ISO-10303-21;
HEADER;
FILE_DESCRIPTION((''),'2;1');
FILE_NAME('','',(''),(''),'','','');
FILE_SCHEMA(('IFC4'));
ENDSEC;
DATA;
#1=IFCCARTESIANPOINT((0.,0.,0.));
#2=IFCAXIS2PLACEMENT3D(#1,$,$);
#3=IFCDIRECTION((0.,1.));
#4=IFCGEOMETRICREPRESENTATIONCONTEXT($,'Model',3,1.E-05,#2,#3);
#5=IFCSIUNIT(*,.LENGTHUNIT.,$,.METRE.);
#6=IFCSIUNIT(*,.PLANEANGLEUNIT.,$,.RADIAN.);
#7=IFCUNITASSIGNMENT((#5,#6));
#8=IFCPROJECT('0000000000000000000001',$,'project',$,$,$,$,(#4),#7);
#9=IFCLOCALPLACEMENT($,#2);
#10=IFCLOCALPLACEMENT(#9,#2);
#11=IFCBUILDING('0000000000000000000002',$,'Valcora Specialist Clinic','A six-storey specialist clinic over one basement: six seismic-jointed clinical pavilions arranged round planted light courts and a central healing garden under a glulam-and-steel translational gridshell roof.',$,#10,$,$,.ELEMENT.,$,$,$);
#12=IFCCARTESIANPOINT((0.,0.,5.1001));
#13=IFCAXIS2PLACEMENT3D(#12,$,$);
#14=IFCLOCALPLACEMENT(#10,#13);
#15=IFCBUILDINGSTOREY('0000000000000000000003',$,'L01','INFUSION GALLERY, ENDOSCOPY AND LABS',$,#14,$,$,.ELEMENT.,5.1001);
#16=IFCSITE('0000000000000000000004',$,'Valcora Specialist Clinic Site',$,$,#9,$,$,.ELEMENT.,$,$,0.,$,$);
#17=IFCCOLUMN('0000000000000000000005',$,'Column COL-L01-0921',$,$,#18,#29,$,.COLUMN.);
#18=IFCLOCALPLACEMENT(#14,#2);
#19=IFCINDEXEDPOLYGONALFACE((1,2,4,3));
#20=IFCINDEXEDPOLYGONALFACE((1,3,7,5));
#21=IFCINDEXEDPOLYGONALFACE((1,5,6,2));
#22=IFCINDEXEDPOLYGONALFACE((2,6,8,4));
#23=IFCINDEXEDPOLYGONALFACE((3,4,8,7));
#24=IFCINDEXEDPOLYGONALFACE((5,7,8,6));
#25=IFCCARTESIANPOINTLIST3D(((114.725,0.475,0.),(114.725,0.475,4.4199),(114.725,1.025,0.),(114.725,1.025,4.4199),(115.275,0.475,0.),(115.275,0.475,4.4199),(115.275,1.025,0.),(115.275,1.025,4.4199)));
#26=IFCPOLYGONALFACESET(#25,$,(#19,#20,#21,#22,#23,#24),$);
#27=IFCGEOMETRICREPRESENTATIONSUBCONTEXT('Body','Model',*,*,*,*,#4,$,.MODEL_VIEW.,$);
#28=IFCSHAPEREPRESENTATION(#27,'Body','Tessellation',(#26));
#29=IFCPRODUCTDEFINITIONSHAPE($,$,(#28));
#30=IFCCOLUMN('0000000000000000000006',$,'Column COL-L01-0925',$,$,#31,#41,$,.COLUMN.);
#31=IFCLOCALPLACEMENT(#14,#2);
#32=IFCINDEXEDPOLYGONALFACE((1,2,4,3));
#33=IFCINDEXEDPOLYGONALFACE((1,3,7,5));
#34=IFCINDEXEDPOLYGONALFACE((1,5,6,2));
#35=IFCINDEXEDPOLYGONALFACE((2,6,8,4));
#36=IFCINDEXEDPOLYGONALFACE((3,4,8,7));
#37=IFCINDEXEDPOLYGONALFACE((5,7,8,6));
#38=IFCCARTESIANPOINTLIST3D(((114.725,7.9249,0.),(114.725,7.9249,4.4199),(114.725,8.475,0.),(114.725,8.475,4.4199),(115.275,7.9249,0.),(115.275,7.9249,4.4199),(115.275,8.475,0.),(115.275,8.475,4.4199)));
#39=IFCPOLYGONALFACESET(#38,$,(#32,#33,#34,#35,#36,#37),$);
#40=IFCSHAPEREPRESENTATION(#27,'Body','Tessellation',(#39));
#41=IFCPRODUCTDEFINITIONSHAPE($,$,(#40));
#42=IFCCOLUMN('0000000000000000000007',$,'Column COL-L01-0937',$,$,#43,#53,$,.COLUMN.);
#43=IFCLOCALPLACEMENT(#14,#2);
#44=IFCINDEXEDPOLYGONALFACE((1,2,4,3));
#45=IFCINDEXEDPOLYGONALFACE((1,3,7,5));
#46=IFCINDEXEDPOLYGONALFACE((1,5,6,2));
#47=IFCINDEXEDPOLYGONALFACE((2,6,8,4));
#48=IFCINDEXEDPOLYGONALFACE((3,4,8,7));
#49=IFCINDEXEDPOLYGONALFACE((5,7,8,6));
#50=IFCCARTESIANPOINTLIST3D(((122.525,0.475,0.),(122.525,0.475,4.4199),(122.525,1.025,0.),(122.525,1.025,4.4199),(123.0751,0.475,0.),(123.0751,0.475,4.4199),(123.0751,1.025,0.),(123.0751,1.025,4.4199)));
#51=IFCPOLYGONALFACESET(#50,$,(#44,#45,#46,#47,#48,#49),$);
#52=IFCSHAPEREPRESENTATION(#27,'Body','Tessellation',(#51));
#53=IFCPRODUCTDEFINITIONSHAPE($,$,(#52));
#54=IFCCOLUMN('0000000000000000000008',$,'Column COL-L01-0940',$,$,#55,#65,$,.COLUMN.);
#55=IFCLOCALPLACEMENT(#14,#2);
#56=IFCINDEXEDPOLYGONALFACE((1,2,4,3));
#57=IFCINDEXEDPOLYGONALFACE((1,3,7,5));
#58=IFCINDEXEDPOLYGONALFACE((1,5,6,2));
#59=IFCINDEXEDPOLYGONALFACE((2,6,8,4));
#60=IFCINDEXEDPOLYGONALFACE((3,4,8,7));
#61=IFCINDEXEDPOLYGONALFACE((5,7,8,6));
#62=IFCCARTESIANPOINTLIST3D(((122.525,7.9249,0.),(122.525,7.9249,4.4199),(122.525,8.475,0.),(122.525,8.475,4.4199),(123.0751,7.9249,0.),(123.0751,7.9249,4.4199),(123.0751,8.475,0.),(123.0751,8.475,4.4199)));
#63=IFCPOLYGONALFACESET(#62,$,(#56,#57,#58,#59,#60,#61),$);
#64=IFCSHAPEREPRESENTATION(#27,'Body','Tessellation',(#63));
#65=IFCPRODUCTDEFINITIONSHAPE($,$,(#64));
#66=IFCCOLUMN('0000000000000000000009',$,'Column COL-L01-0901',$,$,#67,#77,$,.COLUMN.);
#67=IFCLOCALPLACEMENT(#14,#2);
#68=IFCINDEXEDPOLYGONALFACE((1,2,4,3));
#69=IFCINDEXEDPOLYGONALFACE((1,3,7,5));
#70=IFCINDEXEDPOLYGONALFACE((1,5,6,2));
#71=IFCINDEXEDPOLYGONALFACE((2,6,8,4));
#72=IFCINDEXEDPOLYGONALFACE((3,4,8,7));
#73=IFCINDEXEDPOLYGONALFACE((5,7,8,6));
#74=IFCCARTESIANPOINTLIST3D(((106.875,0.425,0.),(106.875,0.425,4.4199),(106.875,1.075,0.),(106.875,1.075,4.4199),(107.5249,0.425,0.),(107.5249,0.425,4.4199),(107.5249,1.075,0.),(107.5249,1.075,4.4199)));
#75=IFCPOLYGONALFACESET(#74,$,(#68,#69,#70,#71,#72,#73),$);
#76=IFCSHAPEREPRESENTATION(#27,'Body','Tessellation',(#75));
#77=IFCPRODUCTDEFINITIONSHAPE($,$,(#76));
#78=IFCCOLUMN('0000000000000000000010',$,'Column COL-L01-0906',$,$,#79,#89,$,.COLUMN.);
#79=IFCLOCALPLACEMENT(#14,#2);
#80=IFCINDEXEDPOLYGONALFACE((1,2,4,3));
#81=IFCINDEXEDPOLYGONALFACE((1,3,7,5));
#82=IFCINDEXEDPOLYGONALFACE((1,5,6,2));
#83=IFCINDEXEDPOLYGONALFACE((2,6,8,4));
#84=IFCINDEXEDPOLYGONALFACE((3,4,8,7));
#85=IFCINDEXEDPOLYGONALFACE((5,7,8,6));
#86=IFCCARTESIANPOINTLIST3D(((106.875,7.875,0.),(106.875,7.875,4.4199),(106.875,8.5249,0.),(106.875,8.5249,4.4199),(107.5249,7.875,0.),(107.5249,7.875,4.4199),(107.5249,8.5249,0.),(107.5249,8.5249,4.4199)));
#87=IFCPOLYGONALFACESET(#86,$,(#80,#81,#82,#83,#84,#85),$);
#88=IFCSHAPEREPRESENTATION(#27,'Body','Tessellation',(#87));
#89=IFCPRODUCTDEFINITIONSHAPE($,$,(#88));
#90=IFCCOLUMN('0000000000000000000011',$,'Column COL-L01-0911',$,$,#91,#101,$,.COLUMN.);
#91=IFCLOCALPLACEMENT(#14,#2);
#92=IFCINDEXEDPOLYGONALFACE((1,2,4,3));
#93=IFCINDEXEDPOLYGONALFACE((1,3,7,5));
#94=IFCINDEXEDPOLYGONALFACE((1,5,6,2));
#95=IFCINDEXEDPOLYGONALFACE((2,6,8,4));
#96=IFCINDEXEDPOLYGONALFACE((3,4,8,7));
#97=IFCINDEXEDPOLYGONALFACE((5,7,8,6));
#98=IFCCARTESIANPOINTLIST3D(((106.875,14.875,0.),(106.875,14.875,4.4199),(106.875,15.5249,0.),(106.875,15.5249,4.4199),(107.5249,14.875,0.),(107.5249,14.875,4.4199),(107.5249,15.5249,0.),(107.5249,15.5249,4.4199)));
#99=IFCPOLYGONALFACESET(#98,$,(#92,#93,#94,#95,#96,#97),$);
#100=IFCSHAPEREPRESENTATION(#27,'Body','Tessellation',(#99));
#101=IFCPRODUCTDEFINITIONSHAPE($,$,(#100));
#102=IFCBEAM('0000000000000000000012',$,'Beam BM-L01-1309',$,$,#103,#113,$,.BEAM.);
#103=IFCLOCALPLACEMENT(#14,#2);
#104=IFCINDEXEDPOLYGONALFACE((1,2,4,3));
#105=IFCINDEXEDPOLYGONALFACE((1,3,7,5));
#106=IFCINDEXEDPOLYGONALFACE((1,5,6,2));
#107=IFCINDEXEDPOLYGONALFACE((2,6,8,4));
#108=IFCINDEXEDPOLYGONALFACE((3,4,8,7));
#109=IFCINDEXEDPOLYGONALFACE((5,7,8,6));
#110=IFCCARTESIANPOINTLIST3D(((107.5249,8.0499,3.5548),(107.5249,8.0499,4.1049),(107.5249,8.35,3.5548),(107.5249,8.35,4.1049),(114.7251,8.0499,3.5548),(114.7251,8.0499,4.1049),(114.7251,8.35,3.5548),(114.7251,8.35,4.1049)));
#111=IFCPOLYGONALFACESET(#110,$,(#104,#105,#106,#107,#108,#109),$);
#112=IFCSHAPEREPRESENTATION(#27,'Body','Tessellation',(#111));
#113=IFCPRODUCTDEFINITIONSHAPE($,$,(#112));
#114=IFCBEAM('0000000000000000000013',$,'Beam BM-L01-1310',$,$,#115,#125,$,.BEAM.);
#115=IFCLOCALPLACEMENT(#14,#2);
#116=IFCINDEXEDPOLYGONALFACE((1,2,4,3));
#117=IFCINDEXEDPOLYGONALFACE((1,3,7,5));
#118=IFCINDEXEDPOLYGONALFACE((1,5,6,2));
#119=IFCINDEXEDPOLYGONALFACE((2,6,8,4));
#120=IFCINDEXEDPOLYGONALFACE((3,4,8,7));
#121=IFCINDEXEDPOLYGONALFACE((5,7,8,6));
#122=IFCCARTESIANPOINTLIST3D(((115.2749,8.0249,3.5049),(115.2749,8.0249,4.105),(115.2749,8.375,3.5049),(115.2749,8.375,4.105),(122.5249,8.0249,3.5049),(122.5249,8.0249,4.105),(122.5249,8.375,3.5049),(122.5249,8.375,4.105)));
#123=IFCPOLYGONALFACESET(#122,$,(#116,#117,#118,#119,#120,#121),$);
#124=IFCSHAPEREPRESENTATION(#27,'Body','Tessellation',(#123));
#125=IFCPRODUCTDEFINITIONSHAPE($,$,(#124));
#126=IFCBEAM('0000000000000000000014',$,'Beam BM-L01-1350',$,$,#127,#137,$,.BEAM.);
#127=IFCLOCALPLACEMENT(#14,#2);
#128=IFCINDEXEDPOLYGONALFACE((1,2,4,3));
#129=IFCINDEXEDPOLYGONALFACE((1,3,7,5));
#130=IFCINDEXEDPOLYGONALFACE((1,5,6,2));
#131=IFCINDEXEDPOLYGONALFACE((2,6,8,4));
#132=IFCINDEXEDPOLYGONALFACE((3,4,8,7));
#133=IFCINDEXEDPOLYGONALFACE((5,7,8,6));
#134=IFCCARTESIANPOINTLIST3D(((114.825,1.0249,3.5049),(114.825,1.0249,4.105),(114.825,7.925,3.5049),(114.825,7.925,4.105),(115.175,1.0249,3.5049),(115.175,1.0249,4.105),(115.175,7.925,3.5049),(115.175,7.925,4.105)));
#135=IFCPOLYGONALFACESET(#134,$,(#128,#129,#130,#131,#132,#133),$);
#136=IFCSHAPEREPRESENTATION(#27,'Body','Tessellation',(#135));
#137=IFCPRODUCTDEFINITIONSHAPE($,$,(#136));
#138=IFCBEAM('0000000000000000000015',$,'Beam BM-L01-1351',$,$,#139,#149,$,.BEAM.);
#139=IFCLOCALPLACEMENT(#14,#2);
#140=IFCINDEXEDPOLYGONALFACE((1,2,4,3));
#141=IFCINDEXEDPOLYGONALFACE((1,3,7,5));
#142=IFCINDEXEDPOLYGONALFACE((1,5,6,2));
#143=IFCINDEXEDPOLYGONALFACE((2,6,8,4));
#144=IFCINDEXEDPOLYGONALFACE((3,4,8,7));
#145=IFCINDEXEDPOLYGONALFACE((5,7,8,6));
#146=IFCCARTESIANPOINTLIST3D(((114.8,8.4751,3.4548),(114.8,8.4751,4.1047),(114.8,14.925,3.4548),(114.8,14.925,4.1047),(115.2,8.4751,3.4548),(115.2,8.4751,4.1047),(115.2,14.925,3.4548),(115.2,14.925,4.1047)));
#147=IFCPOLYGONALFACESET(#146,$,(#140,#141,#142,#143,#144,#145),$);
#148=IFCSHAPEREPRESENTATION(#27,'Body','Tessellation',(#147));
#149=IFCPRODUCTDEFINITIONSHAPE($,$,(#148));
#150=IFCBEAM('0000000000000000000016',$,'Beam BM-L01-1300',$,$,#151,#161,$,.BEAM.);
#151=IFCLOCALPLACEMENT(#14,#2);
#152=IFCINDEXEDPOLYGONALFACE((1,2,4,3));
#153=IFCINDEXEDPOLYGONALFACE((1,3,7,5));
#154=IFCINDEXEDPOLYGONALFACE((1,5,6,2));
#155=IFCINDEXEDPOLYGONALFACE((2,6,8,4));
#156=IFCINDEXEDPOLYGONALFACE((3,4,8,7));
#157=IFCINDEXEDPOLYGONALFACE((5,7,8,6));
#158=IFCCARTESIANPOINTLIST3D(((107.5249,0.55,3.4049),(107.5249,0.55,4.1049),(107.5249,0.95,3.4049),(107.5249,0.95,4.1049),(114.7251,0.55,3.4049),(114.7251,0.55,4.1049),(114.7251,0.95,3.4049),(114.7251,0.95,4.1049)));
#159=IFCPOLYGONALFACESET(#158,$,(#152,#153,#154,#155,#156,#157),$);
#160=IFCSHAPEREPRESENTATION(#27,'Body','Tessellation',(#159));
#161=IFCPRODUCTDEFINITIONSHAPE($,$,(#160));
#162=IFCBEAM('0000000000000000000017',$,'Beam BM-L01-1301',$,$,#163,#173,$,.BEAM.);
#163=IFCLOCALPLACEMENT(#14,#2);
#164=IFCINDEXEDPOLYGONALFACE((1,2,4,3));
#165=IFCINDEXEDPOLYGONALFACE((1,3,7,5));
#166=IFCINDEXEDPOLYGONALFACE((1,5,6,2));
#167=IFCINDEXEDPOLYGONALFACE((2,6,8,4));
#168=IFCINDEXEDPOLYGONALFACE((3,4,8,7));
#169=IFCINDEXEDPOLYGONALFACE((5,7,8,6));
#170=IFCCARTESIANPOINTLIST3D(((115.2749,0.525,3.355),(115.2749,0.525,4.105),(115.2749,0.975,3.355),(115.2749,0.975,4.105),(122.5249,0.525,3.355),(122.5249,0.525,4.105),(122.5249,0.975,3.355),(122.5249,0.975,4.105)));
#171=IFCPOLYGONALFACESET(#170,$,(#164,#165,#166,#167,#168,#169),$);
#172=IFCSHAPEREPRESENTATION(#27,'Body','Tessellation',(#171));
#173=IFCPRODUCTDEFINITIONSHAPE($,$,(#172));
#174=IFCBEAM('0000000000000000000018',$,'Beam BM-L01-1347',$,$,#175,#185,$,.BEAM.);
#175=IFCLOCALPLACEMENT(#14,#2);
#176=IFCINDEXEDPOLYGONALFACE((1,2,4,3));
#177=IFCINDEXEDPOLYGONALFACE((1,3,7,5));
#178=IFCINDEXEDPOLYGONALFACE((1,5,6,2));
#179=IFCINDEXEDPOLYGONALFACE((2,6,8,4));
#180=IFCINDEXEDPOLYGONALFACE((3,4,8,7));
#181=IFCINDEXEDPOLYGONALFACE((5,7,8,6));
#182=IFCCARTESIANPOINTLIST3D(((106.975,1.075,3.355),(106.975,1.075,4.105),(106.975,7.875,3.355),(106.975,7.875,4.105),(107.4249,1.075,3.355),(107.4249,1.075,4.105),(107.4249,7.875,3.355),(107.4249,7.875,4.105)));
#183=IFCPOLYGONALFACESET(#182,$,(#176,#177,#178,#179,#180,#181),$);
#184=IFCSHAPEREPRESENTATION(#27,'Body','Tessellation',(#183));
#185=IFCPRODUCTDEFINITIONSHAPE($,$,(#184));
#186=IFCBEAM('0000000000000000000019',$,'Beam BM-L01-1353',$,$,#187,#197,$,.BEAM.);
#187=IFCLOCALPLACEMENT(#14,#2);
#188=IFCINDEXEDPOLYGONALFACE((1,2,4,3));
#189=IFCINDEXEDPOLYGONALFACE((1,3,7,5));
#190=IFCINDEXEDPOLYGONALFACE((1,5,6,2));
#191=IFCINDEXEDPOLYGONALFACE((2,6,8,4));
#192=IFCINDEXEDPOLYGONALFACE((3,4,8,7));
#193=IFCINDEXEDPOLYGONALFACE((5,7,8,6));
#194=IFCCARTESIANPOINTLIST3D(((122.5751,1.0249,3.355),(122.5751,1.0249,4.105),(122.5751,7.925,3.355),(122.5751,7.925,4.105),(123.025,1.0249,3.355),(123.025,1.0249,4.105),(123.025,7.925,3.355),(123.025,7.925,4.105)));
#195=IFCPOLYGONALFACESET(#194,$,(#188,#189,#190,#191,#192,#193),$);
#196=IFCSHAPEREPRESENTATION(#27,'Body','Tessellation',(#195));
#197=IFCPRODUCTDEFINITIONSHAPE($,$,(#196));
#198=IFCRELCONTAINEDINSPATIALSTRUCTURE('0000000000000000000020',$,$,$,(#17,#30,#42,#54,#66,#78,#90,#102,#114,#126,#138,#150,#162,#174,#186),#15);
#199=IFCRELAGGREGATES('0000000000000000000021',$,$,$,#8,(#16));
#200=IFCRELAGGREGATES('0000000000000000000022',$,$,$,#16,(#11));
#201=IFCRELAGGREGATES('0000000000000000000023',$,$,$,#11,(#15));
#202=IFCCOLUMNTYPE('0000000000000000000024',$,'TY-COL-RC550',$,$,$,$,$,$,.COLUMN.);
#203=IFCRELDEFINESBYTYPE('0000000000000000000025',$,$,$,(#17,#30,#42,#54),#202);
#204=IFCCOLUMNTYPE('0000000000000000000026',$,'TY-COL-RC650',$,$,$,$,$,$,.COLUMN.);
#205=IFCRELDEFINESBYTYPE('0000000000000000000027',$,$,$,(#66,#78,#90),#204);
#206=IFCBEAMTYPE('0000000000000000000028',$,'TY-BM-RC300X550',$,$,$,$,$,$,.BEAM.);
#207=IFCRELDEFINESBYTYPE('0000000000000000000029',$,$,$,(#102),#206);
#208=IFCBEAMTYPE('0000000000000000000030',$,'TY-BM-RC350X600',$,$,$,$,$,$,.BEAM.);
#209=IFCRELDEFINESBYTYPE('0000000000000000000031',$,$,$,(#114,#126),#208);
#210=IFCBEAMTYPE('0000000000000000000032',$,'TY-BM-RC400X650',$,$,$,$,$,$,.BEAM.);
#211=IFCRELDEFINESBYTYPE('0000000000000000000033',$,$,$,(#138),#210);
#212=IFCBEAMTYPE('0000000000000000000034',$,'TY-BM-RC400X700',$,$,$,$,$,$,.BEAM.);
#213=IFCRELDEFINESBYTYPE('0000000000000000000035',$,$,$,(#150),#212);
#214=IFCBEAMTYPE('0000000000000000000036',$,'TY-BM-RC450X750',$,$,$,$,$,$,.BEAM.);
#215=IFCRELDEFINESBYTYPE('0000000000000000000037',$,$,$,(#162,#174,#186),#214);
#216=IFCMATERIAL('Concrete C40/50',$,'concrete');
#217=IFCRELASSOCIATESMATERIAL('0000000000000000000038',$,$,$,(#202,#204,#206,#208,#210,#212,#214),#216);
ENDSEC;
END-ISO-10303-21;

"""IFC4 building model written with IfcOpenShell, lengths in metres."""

from ifc_helpers import new_model, si_unit, direction, frame, origin, origin_2d, place, context, subcontext, project, spatial, rectangle, extrude, material, material_profile, profile_set, type_object, element, save


model = new_model("IFC4")

# Units and contexts
model_context = context("Model", 3, precision=1e-05, world=origin(), true_north=direction((0.0, 1.0)))
body_context = subcontext(model_context, "Body", "Model", "MODEL_VIEW")
ifc_project = project(units=[si_unit("LENGTHUNIT", "METRE"), si_unit("PLANEANGLEUNIT", "RADIAN")], contexts=[model_context])

# Site, building, storey
site_placement = place(None, origin())
site = spatial("IfcSite", under=ifc_project, at=site_placement, Name="Valcora Specialist Clinic Site", CompositionType="ELEMENT", RefElevation=0.0)
building_placement = place(site_placement, origin())
building = spatial("IfcBuilding", under=site, at=building_placement, Name="Valcora Specialist Clinic", Description="A six-storey specialist clinic over one basement: six seismic-jointed clinical pavilions arranged round planted light courts and a central healing garden under a glulam-and-steel translational gridshell roof.", CompositionType="ELEMENT")
storey_placement = place(building_placement, frame((0.0, 0.0, 5.1001)))
storey = spatial("IfcBuildingStorey", under=building, at=storey_placement, Name="L01", Description="INFUSION GALLERY, ENDOSCOPY AND LABS", CompositionType="ELEMENT", Elevation=5.1001)

# Columns
ifc_material_1 = material(Name="Concrete C40/50", Category="concrete")
ifc_material_profile_1 = material_profile(ifc_material_1, rectangle(XDim=0.55, YDim=0.55, at=origin_2d()), Name="RC-COL-550X550")
ifc_profile_set_1 = profile_set([ifc_material_profile_1], Name="Concrete C40/50")
column_type_1 = type_object("IfcColumnType", Name="TY-COL-RC550", PredefinedType="COLUMN", material=ifc_profile_set_1)
for number, where, z_axis, x_axis, name in (
    (1, (115.0, 0.75, 0.0), (0.0, 0.0, 1.0), (1.0, 0.0, 0.0), "Column COL-L01-0921"),
    (2, (115.0, 8.2, 0.0), (0.0, 0.0, 1.0), (1.0, 0.0, 0.0), "Column COL-L01-0925"),
    (3, (122.8, 0.75, 0.0), (0.0, 0.0, 1.0), (1.0, 0.0, 0.0), "Column COL-L01-0937"),
    (4, (122.8, 8.2, 0.0), (0.0, 0.0, 1.0), (1.0, 0.0, 0.0), "Column COL-L01-0940"),
):
    element("IfcColumn", number, at=place(storey_placement, frame(where, z_axis=z_axis, x_axis=x_axis)), inside=storey, type_object=column_type_1, Name=name, PredefinedType="COLUMN", context=body_context, shape_type="SweptSolid", body=[
        extrude(rectangle(XDim=0.55, YDim=0.55, at=origin_2d()), origin(), (0.0, 0.0, 1.0), 4.4199),
    ])
ifc_material_profile_2 = material_profile(ifc_material_1, rectangle(XDim=0.6499, YDim=0.6499, at=origin_2d()), Name="RC-COL-650X650")
ifc_profile_set_2 = profile_set([ifc_material_profile_2], Name="Concrete C40/50")
column_type_2 = type_object("IfcColumnType", Name="TY-COL-RC650", PredefinedType="COLUMN", material=ifc_profile_set_2)
for number, where, z_axis, x_axis, name in (
    (5, (107.2, 0.75, 0.0), (0.0, 0.0, 1.0), (1.0, 0.0, 0.0), "Column COL-L01-0901"),
    (6, (107.2, 8.2, 0.0), (0.0, 0.0, 1.0), (1.0, 0.0, 0.0), "Column COL-L01-0906"),
    (7, (107.2, 15.2, 0.0), (0.0, 0.0, 1.0), (1.0, 0.0, 0.0), "Column COL-L01-0911"),
):
    element("IfcColumn", number, at=place(storey_placement, frame(where, z_axis=z_axis, x_axis=x_axis)), inside=storey, type_object=column_type_2, Name=name, PredefinedType="COLUMN", context=body_context, shape_type="SweptSolid", body=[
        extrude(rectangle(XDim=0.6499, YDim=0.6499, at=origin_2d()), origin(), (0.0, 0.0, 1.0), 4.4199),
    ])

# Beams
ifc_material_profile_3 = material_profile(ifc_material_1, rectangle(XDim=0.3, YDim=0.55, at=origin_2d()), Name="RC-BM-300X550")
ifc_profile_set_3 = profile_set([ifc_material_profile_3], Name="Concrete C40/50")
beam_type_1 = type_object("IfcBeamType", Name="TY-BM-RC300X550", PredefinedType="BEAM", material=ifc_profile_set_3)
beam_1_placement = place(storey_placement, frame((107.5249, 8.2, 3.8298), z_axis=(1.0, 0.0, 0.0), x_axis=(0.0, 1.0, 0.0)))
element("IfcBeam", 8, at=beam_1_placement, inside=storey, type_object=beam_type_1, Name="Beam BM-L01-1309", PredefinedType="BEAM", context=body_context, shape_type="SweptSolid", body=[
    extrude(rectangle(XDim=0.3, YDim=0.55, at=origin_2d()), origin(), (0.0, 0.0, 1.0), 7.2002),
])
ifc_material_profile_4 = material_profile(ifc_material_1, rectangle(XDim=0.3501, YDim=0.6001, at=origin_2d()), Name="RC-BM-350X600")
ifc_profile_set_4 = profile_set([ifc_material_profile_4], Name="Concrete C40/50")
beam_type_2 = type_object("IfcBeamType", Name="TY-BM-RC350X600", PredefinedType="BEAM", material=ifc_profile_set_4)
beam_2_placement = place(storey_placement, frame((115.2749, 8.2, 3.8049), z_axis=(1.0, 0.0, 0.0), x_axis=(0.0, 1.0, 0.0)))
element("IfcBeam", 9, at=beam_2_placement, inside=storey, type_object=beam_type_2, Name="Beam BM-L01-1310", PredefinedType="BEAM", context=body_context, shape_type="SweptSolid", body=[
    extrude(rectangle(XDim=0.3501, YDim=0.6001, at=origin_2d()), origin(), (0.0, 0.0, 1.0), 7.25),
])
beam_3_placement = place(storey_placement, frame((115.0, 1.0249, 3.8049), z_axis=(0.0, 1.0, 0.0), x_axis=(-1.0, 0.0, 0.0)))
element("IfcBeam", 10, at=beam_3_placement, inside=storey, type_object=beam_type_2, Name="Beam BM-L01-1350", PredefinedType="BEAM", context=body_context, shape_type="SweptSolid", body=[
    extrude(rectangle(XDim=0.3501, YDim=0.6001, at=origin_2d()), origin(), (0.0, 0.0, 1.0), 6.9001),
])
ifc_material_profile_5 = material_profile(ifc_material_1, rectangle(XDim=0.3999, YDim=0.6499, at=origin_2d()), Name="RC-BM-400X650")
ifc_profile_set_5 = profile_set([ifc_material_profile_5], Name="Concrete C40/50")
beam_type_3 = type_object("IfcBeamType", Name="TY-BM-RC400X650", PredefinedType="BEAM", material=ifc_profile_set_5)
beam_4_placement = place(storey_placement, frame((115.0, 8.4751, 3.7798), z_axis=(0.0, 1.0, 0.0), x_axis=(-1.0, 0.0, 0.0)))
element("IfcBeam", 11, at=beam_4_placement, inside=storey, type_object=beam_type_3, Name="Beam BM-L01-1351", PredefinedType="BEAM", context=body_context, shape_type="SweptSolid", body=[
    extrude(rectangle(XDim=0.3999, YDim=0.6499, at=origin_2d()), origin(), (0.0, 0.0, 1.0), 6.45),
])
ifc_material_profile_6 = material_profile(ifc_material_1, rectangle(XDim=0.3999, YDim=0.7, at=origin_2d()), Name="RC-BM-400X700")
ifc_profile_set_6 = profile_set([ifc_material_profile_6], Name="Concrete C40/50")
beam_type_4 = type_object("IfcBeamType", Name="TY-BM-RC400X700", PredefinedType="BEAM", material=ifc_profile_set_6)
beam_5_placement = place(storey_placement, frame((107.5249, 0.75, 3.7549), z_axis=(1.0, 0.0, 0.0), x_axis=(0.0, 1.0, 0.0)))
element("IfcBeam", 12, at=beam_5_placement, inside=storey, type_object=beam_type_4, Name="Beam BM-L01-1300", PredefinedType="BEAM", context=body_context, shape_type="SweptSolid", body=[
    extrude(rectangle(XDim=0.3999, YDim=0.7, at=origin_2d()), origin(), (0.0, 0.0, 1.0), 7.2002),
])
ifc_material_profile_7 = material_profile(ifc_material_1, rectangle(XDim=0.45, YDim=0.75, at=origin_2d()), Name="RC-BM-450X750")
ifc_profile_set_7 = profile_set([ifc_material_profile_7], Name="Concrete C40/50")
beam_type_5 = type_object("IfcBeamType", Name="TY-BM-RC450X750", PredefinedType="BEAM", material=ifc_profile_set_7)
beam_6_placement = place(storey_placement, frame((115.2749, 0.75, 3.73), z_axis=(1.0, 0.0, 0.0), x_axis=(0.0, 1.0, 0.0)))
element("IfcBeam", 13, at=beam_6_placement, inside=storey, type_object=beam_type_5, Name="Beam BM-L01-1301", PredefinedType="BEAM", context=body_context, shape_type="SweptSolid", body=[
    extrude(rectangle(XDim=0.45, YDim=0.75, at=origin_2d()), origin(), (0.0, 0.0, 1.0), 7.25),
])
beam_7_placement = place(storey_placement, frame((107.2, 1.075, 3.73), z_axis=(0.0, 1.0, 0.0), x_axis=(-1.0, 0.0, 0.0)))
element("IfcBeam", 14, at=beam_7_placement, inside=storey, type_object=beam_type_5, Name="Beam BM-L01-1347", PredefinedType="BEAM", context=body_context, shape_type="SweptSolid", body=[
    extrude(rectangle(XDim=0.45, YDim=0.75, at=origin_2d()), origin(), (0.0, 0.0, 1.0), 6.8),
])
beam_8_placement = place(storey_placement, frame((122.8, 1.0249, 3.73), z_axis=(0.0, 1.0, 0.0), x_axis=(-1.0, 0.0, 0.0)))
element("IfcBeam", 15, at=beam_8_placement, inside=storey, type_object=beam_type_5, Name="Beam BM-L01-1353", PredefinedType="BEAM", context=body_context, shape_type="SweptSolid", body=[
    extrude(rectangle(XDim=0.45, YDim=0.75, at=origin_2d()), origin(), (0.0, 0.0, 1.0), 6.9001),
])

save(model, "model.ifc")
